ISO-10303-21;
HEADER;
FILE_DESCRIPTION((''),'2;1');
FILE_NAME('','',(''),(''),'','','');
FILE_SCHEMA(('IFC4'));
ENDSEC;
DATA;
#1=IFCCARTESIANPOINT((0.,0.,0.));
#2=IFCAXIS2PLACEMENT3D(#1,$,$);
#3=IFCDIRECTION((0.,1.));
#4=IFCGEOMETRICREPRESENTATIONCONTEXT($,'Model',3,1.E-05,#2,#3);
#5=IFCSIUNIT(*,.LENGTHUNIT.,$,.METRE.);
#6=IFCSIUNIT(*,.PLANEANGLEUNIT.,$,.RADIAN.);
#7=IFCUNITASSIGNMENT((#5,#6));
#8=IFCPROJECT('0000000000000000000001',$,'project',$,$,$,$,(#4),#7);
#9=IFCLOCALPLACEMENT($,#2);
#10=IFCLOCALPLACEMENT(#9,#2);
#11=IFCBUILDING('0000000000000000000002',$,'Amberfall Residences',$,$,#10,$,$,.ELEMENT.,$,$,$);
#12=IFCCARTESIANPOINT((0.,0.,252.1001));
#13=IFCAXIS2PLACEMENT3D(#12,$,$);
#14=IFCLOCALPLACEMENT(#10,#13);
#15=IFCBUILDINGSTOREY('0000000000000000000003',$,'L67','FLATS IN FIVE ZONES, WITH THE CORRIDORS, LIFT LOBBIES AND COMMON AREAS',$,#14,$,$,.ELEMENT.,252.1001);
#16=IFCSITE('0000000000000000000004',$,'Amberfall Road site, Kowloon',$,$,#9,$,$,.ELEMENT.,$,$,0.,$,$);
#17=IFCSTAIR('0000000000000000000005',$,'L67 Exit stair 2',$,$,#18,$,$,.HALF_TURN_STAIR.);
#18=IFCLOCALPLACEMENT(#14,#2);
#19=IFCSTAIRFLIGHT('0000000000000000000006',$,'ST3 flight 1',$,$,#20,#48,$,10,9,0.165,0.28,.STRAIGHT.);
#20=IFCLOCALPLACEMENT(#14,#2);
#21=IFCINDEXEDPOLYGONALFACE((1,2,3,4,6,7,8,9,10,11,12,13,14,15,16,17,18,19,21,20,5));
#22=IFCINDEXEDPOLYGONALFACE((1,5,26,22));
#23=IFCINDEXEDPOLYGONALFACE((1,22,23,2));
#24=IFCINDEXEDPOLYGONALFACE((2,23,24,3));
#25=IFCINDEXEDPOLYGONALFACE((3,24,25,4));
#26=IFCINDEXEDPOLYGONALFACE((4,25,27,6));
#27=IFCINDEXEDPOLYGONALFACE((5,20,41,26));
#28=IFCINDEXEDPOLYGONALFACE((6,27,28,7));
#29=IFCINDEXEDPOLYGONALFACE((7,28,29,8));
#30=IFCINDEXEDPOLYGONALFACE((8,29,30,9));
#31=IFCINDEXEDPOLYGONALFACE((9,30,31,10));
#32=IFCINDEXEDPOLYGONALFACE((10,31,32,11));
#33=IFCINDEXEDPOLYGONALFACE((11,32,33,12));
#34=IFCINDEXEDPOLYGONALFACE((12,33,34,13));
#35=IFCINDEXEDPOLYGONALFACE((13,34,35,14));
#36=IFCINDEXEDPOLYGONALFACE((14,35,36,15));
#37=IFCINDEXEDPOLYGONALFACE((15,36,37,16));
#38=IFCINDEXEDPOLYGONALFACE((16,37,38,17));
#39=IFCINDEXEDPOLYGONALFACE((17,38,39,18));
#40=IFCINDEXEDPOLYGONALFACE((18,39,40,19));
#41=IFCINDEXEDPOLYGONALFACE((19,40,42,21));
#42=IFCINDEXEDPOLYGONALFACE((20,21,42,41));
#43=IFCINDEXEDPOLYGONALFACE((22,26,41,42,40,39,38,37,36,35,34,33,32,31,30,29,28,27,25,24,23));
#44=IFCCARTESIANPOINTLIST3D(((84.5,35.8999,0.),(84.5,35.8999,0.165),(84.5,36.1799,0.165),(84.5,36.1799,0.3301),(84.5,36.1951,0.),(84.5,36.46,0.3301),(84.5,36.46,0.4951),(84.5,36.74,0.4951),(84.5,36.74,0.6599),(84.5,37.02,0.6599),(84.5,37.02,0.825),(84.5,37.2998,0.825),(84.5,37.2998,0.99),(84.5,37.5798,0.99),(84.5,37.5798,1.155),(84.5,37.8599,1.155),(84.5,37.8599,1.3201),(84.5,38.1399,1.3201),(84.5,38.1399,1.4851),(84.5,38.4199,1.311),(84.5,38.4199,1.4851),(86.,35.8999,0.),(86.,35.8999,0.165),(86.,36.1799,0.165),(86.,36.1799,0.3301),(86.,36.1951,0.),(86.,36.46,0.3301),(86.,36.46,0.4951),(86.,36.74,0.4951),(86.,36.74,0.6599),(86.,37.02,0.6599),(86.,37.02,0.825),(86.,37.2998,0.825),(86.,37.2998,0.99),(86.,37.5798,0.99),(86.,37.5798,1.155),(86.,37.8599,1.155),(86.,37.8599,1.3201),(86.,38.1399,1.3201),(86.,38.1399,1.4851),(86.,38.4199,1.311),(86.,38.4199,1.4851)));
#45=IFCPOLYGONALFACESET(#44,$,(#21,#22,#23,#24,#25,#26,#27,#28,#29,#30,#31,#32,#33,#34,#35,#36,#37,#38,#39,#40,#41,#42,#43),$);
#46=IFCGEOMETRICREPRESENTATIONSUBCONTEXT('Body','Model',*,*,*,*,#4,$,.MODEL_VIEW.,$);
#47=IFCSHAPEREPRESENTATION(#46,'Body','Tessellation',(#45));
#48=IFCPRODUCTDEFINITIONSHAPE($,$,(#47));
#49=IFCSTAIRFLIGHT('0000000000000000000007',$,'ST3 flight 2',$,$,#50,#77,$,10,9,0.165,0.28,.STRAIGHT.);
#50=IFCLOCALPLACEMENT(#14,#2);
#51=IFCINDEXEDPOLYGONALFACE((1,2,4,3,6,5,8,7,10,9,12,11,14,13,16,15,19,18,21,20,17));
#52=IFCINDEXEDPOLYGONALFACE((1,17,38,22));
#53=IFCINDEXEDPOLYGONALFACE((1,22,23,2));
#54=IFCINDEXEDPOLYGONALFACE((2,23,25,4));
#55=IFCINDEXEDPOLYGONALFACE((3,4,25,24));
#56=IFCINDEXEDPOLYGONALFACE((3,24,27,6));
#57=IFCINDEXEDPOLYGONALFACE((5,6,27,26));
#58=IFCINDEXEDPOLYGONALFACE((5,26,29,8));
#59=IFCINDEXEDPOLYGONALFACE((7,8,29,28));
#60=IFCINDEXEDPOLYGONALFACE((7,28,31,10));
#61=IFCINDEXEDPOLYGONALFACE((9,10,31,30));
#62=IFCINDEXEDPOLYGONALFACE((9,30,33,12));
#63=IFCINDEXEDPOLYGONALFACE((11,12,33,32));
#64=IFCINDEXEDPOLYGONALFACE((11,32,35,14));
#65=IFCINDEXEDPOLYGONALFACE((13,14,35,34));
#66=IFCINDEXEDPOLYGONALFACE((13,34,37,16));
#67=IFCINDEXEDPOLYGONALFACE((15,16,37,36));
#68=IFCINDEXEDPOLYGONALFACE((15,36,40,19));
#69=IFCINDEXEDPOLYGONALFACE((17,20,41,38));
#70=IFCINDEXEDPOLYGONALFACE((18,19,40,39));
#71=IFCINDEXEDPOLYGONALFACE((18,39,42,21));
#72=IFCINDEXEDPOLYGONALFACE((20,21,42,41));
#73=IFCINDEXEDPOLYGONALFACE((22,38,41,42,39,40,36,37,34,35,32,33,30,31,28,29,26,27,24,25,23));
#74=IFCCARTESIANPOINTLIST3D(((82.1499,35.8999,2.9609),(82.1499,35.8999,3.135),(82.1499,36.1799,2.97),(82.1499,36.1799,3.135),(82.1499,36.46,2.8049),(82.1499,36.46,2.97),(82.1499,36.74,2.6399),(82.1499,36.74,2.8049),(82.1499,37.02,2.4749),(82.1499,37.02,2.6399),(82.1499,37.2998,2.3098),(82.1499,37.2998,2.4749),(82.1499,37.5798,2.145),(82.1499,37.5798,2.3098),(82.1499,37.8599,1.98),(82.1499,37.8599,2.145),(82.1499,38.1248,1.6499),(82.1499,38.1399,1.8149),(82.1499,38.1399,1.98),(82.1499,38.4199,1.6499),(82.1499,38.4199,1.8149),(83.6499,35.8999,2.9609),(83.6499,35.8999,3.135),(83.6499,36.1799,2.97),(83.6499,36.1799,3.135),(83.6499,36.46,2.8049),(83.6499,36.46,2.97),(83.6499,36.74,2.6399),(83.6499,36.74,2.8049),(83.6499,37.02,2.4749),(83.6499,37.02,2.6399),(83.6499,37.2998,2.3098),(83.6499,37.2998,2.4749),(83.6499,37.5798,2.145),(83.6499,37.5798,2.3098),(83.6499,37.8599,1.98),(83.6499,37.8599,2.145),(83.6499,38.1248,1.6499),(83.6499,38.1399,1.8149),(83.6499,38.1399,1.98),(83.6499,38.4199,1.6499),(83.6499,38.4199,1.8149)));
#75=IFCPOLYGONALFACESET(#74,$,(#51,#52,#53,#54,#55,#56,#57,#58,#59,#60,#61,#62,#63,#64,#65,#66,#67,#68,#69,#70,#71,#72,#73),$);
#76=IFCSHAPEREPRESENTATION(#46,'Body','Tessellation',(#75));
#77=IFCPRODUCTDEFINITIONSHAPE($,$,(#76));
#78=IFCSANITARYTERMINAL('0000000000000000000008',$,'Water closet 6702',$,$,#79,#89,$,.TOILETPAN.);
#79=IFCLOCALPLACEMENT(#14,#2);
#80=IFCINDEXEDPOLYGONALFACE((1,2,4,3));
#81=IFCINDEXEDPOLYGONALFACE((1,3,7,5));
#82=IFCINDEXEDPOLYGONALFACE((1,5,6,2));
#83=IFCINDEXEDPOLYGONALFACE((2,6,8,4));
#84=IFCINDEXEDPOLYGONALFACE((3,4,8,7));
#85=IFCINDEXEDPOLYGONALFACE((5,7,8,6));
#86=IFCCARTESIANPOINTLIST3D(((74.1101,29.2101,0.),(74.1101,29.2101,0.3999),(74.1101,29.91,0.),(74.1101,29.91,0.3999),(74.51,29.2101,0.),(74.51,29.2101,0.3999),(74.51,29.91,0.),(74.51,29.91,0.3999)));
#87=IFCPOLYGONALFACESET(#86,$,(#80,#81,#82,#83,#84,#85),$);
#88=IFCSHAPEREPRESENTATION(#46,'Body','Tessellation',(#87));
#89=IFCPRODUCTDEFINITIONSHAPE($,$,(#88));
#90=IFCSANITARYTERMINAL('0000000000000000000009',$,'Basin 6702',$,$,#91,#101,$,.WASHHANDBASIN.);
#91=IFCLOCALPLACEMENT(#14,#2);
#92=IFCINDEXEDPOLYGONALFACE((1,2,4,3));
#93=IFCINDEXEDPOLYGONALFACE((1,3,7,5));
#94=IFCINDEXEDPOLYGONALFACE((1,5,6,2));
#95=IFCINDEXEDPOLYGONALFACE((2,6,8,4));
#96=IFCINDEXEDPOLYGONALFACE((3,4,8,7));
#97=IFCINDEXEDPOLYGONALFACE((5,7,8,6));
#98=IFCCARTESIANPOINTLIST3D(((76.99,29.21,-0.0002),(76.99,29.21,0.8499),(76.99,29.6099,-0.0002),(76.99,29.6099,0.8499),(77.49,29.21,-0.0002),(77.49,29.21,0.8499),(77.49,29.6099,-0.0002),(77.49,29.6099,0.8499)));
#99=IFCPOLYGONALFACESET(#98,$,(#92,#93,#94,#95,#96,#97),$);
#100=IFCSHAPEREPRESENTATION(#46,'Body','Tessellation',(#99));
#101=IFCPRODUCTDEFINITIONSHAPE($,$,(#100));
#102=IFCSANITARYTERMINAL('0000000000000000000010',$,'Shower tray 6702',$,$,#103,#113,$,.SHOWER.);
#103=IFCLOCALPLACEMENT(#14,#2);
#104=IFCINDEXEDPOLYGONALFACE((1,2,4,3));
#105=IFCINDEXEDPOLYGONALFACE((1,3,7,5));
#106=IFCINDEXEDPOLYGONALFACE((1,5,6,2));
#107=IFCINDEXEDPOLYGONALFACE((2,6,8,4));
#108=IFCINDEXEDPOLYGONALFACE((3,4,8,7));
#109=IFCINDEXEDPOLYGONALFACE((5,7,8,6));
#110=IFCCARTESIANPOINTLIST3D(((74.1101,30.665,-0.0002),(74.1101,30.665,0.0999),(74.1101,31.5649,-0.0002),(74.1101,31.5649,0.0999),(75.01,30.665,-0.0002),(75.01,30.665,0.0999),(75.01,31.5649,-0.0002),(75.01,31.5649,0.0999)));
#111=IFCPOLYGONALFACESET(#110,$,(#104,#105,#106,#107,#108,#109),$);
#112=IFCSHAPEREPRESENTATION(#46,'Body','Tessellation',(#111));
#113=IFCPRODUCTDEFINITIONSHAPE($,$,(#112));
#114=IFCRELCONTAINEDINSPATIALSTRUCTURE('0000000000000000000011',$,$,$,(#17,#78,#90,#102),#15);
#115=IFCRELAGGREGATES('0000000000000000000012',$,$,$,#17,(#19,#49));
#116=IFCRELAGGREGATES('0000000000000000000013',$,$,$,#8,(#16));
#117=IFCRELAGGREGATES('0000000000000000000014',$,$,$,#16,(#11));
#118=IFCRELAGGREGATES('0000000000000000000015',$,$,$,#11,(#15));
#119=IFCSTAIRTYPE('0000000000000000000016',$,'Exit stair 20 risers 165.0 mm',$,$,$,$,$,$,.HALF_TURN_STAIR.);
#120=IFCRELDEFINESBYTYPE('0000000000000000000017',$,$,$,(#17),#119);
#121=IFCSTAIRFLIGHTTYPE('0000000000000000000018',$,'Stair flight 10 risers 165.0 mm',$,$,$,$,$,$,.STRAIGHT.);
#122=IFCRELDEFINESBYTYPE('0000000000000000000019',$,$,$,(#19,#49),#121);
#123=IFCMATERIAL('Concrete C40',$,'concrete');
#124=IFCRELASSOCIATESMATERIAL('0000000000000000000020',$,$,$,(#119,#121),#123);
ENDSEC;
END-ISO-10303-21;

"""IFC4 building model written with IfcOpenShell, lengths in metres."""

from ifc_helpers import new_model, si_unit, direction, frame, origin, origin_2d, place, context, subcontext, project, spatial, polyline, rectangle, outline, extrude, material, type_object, element, aggregate, save


model = new_model("IFC4")

# Units and contexts
model_context = context("Model", 3, precision=1e-05, world=origin(), true_north=direction((0.0, 1.0)))
body_context = subcontext(model_context, "Body", "Model", "MODEL_VIEW")
ifc_project = project(units=[si_unit("LENGTHUNIT", "METRE"), si_unit("PLANEANGLEUNIT", "RADIAN")], contexts=[model_context])

# Site, building, storey
site_placement = place(None, origin())
site = spatial("IfcSite", under=ifc_project, at=site_placement, Name="Amberfall Road site, Kowloon", CompositionType="ELEMENT", RefElevation=0.0)
building_placement = place(site_placement, origin())
building = spatial("IfcBuilding", under=site, at=building_placement, Name="Amberfall Residences", CompositionType="ELEMENT")
storey_placement = place(building_placement, frame((0.0, 0.0, 252.1001)))
storey = spatial("IfcBuildingStorey", under=building, at=storey_placement, Name="L67", Description="FLATS IN FIVE ZONES, WITH THE CORRIDORS, LIFT LOBBIES AND COMMON AREAS", CompositionType="ELEMENT", Elevation=252.1001)

# Stair, stair flights
ifc_material_1 = material(Name="Concrete C40", Category="concrete")
stair_type = type_object("IfcStairType", Name="Exit stair 20 risers 165.0 mm", PredefinedType="HALF_TURN_STAIR", material=ifc_material_1)
stair_placement = place(storey_placement, origin())
stair = element("IfcStair", 1, at=stair_placement, inside=storey, type_object=stair_type, Name="L67 Exit stair 2", PredefinedType="HALF_TURN_STAIR")
stair_flight_type = type_object("IfcStairFlightType", Name="Stair flight 10 risers 165.0 mm", PredefinedType="STRAIGHT", material=ifc_material_1)
stair_flight_1_placement = place(storey_placement, frame((85.25, 35.8999, 0.0), z_axis=(0.0, 0.0, 1.0), x_axis=(0.0, 1.0, 0.0)))
stair_flight_1 = element("IfcStairFlight", 2, at=stair_flight_1_placement, type_object=stair_flight_type, Name="ST3 flight 1", NumberOfRisers=10, NumberOfTreads=9, PredefinedType="STRAIGHT", RiserHeight=0.165, TreadLength=0.28, context=body_context, shape_type="SweptSolid", body=[
    extrude(outline(polyline([(0.0, 0.0), (0.0, 0.165), (0.28, 0.165), (0.28, 0.3301), (0.5601, 0.3301), (0.5601, 0.4951), (0.8401, 0.4951), (0.8401, 0.6599), (1.1201, 0.6599), (1.1201, 0.825), (1.3999, 0.825), (1.3999, 0.99), (1.6799, 0.99), (1.6799, 1.155), (1.96, 1.155), (1.96, 1.3201), (2.24, 1.3201), (2.24, 1.4851), (2.52, 1.4851), (2.52, 1.6499), (2.52, 1.311), (0.2952, 0.0), (0.0, 0.0)])), frame((0.0, 0.75, 0.0), z_axis=(0.0, -1.0, 0.0), x_axis=(1.0, 0.0, 0.0)), (0.0, 0.0, 1.0), 1.5),
])
stair_flight_2_placement = place(storey_placement, frame((82.8999, 38.4199, 1.6499), z_axis=(0.0, 0.0, 1.0), x_axis=(0.0, -1.0, 0.0)))
stair_flight_2 = element("IfcStairFlight", 3, at=stair_flight_2_placement, type_object=stair_flight_type, Name="ST3 flight 2", NumberOfRisers=10, NumberOfTreads=9, PredefinedType="STRAIGHT", RiserHeight=0.165, TreadLength=0.28, context=body_context, shape_type="SweptSolid", body=[
    extrude(outline(polyline([(0.0, 0.0), (0.0, 0.165), (0.28, 0.165), (0.28, 0.3301), (0.5601, 0.3301), (0.5601, 0.4951), (0.8401, 0.4951), (0.8401, 0.6599), (1.1201, 0.6599), (1.1201, 0.825), (1.3999, 0.825), (1.3999, 0.99), (1.6799, 0.99), (1.6799, 1.155), (1.96, 1.155), (1.96, 1.3201), (2.24, 1.3201), (2.24, 1.4851), (2.52, 1.4851), (2.52, 1.6499), (2.52, 1.311), (0.2952, 0.0), (0.0, 0.0)])), frame((0.0, 0.75, 0.0), z_axis=(0.0, -1.0, 0.0), x_axis=(1.0, 0.0, 0.0)), (0.0, 0.0, 1.0), 1.5),
])
aggregate(stair, [stair_flight_1, stair_flight_2])

# Sanitary terminals
sanitary_terminal_1_placement = place(storey_placement, frame((74.3101, 29.5601, 0.0), z_axis=(0.0, 0.0, 1.0), x_axis=(1.0, 0.0, 0.0)))
element("IfcSanitaryTerminal", 4, at=sanitary_terminal_1_placement, inside=storey, Name="Water closet 6702", PredefinedType="TOILETPAN", context=body_context, shape_type="SweptSolid", body=[
    extrude(rectangle(XDim=0.3999, YDim=0.7, at=origin_2d()), origin(), (0.0, 0.0, 1.0), 0.3999),
])
sanitary_terminal_2_placement = place(storey_placement, frame((77.24, 29.4099, -0.0002), z_axis=(0.0, 0.0, 1.0), x_axis=(1.0, 0.0, 0.0)))
element("IfcSanitaryTerminal", 5, at=sanitary_terminal_2_placement, inside=storey, Name="Basin 6702", PredefinedType="WASHHANDBASIN", context=body_context, shape_type="SweptSolid", body=[
    extrude(rectangle(XDim=0.5, YDim=0.3999, at=origin_2d()), origin(), (0.0, 0.0, 1.0), 0.8501),
])
sanitary_terminal_3_placement = place(storey_placement, frame((74.5601, 31.115, -0.0002), z_axis=(0.0, 0.0, 1.0), x_axis=(1.0, 0.0, 0.0)))
element("IfcSanitaryTerminal", 6, at=sanitary_terminal_3_placement, inside=storey, Name="Shower tray 6702", PredefinedType="SHOWER", context=body_context, shape_type="SweptSolid", body=[
    extrude(rectangle(XDim=0.8999, YDim=0.8999, at=origin_2d()), origin(), (0.0, 0.0, 1.0), 0.1001),
])

save(model, "model.ifc")
